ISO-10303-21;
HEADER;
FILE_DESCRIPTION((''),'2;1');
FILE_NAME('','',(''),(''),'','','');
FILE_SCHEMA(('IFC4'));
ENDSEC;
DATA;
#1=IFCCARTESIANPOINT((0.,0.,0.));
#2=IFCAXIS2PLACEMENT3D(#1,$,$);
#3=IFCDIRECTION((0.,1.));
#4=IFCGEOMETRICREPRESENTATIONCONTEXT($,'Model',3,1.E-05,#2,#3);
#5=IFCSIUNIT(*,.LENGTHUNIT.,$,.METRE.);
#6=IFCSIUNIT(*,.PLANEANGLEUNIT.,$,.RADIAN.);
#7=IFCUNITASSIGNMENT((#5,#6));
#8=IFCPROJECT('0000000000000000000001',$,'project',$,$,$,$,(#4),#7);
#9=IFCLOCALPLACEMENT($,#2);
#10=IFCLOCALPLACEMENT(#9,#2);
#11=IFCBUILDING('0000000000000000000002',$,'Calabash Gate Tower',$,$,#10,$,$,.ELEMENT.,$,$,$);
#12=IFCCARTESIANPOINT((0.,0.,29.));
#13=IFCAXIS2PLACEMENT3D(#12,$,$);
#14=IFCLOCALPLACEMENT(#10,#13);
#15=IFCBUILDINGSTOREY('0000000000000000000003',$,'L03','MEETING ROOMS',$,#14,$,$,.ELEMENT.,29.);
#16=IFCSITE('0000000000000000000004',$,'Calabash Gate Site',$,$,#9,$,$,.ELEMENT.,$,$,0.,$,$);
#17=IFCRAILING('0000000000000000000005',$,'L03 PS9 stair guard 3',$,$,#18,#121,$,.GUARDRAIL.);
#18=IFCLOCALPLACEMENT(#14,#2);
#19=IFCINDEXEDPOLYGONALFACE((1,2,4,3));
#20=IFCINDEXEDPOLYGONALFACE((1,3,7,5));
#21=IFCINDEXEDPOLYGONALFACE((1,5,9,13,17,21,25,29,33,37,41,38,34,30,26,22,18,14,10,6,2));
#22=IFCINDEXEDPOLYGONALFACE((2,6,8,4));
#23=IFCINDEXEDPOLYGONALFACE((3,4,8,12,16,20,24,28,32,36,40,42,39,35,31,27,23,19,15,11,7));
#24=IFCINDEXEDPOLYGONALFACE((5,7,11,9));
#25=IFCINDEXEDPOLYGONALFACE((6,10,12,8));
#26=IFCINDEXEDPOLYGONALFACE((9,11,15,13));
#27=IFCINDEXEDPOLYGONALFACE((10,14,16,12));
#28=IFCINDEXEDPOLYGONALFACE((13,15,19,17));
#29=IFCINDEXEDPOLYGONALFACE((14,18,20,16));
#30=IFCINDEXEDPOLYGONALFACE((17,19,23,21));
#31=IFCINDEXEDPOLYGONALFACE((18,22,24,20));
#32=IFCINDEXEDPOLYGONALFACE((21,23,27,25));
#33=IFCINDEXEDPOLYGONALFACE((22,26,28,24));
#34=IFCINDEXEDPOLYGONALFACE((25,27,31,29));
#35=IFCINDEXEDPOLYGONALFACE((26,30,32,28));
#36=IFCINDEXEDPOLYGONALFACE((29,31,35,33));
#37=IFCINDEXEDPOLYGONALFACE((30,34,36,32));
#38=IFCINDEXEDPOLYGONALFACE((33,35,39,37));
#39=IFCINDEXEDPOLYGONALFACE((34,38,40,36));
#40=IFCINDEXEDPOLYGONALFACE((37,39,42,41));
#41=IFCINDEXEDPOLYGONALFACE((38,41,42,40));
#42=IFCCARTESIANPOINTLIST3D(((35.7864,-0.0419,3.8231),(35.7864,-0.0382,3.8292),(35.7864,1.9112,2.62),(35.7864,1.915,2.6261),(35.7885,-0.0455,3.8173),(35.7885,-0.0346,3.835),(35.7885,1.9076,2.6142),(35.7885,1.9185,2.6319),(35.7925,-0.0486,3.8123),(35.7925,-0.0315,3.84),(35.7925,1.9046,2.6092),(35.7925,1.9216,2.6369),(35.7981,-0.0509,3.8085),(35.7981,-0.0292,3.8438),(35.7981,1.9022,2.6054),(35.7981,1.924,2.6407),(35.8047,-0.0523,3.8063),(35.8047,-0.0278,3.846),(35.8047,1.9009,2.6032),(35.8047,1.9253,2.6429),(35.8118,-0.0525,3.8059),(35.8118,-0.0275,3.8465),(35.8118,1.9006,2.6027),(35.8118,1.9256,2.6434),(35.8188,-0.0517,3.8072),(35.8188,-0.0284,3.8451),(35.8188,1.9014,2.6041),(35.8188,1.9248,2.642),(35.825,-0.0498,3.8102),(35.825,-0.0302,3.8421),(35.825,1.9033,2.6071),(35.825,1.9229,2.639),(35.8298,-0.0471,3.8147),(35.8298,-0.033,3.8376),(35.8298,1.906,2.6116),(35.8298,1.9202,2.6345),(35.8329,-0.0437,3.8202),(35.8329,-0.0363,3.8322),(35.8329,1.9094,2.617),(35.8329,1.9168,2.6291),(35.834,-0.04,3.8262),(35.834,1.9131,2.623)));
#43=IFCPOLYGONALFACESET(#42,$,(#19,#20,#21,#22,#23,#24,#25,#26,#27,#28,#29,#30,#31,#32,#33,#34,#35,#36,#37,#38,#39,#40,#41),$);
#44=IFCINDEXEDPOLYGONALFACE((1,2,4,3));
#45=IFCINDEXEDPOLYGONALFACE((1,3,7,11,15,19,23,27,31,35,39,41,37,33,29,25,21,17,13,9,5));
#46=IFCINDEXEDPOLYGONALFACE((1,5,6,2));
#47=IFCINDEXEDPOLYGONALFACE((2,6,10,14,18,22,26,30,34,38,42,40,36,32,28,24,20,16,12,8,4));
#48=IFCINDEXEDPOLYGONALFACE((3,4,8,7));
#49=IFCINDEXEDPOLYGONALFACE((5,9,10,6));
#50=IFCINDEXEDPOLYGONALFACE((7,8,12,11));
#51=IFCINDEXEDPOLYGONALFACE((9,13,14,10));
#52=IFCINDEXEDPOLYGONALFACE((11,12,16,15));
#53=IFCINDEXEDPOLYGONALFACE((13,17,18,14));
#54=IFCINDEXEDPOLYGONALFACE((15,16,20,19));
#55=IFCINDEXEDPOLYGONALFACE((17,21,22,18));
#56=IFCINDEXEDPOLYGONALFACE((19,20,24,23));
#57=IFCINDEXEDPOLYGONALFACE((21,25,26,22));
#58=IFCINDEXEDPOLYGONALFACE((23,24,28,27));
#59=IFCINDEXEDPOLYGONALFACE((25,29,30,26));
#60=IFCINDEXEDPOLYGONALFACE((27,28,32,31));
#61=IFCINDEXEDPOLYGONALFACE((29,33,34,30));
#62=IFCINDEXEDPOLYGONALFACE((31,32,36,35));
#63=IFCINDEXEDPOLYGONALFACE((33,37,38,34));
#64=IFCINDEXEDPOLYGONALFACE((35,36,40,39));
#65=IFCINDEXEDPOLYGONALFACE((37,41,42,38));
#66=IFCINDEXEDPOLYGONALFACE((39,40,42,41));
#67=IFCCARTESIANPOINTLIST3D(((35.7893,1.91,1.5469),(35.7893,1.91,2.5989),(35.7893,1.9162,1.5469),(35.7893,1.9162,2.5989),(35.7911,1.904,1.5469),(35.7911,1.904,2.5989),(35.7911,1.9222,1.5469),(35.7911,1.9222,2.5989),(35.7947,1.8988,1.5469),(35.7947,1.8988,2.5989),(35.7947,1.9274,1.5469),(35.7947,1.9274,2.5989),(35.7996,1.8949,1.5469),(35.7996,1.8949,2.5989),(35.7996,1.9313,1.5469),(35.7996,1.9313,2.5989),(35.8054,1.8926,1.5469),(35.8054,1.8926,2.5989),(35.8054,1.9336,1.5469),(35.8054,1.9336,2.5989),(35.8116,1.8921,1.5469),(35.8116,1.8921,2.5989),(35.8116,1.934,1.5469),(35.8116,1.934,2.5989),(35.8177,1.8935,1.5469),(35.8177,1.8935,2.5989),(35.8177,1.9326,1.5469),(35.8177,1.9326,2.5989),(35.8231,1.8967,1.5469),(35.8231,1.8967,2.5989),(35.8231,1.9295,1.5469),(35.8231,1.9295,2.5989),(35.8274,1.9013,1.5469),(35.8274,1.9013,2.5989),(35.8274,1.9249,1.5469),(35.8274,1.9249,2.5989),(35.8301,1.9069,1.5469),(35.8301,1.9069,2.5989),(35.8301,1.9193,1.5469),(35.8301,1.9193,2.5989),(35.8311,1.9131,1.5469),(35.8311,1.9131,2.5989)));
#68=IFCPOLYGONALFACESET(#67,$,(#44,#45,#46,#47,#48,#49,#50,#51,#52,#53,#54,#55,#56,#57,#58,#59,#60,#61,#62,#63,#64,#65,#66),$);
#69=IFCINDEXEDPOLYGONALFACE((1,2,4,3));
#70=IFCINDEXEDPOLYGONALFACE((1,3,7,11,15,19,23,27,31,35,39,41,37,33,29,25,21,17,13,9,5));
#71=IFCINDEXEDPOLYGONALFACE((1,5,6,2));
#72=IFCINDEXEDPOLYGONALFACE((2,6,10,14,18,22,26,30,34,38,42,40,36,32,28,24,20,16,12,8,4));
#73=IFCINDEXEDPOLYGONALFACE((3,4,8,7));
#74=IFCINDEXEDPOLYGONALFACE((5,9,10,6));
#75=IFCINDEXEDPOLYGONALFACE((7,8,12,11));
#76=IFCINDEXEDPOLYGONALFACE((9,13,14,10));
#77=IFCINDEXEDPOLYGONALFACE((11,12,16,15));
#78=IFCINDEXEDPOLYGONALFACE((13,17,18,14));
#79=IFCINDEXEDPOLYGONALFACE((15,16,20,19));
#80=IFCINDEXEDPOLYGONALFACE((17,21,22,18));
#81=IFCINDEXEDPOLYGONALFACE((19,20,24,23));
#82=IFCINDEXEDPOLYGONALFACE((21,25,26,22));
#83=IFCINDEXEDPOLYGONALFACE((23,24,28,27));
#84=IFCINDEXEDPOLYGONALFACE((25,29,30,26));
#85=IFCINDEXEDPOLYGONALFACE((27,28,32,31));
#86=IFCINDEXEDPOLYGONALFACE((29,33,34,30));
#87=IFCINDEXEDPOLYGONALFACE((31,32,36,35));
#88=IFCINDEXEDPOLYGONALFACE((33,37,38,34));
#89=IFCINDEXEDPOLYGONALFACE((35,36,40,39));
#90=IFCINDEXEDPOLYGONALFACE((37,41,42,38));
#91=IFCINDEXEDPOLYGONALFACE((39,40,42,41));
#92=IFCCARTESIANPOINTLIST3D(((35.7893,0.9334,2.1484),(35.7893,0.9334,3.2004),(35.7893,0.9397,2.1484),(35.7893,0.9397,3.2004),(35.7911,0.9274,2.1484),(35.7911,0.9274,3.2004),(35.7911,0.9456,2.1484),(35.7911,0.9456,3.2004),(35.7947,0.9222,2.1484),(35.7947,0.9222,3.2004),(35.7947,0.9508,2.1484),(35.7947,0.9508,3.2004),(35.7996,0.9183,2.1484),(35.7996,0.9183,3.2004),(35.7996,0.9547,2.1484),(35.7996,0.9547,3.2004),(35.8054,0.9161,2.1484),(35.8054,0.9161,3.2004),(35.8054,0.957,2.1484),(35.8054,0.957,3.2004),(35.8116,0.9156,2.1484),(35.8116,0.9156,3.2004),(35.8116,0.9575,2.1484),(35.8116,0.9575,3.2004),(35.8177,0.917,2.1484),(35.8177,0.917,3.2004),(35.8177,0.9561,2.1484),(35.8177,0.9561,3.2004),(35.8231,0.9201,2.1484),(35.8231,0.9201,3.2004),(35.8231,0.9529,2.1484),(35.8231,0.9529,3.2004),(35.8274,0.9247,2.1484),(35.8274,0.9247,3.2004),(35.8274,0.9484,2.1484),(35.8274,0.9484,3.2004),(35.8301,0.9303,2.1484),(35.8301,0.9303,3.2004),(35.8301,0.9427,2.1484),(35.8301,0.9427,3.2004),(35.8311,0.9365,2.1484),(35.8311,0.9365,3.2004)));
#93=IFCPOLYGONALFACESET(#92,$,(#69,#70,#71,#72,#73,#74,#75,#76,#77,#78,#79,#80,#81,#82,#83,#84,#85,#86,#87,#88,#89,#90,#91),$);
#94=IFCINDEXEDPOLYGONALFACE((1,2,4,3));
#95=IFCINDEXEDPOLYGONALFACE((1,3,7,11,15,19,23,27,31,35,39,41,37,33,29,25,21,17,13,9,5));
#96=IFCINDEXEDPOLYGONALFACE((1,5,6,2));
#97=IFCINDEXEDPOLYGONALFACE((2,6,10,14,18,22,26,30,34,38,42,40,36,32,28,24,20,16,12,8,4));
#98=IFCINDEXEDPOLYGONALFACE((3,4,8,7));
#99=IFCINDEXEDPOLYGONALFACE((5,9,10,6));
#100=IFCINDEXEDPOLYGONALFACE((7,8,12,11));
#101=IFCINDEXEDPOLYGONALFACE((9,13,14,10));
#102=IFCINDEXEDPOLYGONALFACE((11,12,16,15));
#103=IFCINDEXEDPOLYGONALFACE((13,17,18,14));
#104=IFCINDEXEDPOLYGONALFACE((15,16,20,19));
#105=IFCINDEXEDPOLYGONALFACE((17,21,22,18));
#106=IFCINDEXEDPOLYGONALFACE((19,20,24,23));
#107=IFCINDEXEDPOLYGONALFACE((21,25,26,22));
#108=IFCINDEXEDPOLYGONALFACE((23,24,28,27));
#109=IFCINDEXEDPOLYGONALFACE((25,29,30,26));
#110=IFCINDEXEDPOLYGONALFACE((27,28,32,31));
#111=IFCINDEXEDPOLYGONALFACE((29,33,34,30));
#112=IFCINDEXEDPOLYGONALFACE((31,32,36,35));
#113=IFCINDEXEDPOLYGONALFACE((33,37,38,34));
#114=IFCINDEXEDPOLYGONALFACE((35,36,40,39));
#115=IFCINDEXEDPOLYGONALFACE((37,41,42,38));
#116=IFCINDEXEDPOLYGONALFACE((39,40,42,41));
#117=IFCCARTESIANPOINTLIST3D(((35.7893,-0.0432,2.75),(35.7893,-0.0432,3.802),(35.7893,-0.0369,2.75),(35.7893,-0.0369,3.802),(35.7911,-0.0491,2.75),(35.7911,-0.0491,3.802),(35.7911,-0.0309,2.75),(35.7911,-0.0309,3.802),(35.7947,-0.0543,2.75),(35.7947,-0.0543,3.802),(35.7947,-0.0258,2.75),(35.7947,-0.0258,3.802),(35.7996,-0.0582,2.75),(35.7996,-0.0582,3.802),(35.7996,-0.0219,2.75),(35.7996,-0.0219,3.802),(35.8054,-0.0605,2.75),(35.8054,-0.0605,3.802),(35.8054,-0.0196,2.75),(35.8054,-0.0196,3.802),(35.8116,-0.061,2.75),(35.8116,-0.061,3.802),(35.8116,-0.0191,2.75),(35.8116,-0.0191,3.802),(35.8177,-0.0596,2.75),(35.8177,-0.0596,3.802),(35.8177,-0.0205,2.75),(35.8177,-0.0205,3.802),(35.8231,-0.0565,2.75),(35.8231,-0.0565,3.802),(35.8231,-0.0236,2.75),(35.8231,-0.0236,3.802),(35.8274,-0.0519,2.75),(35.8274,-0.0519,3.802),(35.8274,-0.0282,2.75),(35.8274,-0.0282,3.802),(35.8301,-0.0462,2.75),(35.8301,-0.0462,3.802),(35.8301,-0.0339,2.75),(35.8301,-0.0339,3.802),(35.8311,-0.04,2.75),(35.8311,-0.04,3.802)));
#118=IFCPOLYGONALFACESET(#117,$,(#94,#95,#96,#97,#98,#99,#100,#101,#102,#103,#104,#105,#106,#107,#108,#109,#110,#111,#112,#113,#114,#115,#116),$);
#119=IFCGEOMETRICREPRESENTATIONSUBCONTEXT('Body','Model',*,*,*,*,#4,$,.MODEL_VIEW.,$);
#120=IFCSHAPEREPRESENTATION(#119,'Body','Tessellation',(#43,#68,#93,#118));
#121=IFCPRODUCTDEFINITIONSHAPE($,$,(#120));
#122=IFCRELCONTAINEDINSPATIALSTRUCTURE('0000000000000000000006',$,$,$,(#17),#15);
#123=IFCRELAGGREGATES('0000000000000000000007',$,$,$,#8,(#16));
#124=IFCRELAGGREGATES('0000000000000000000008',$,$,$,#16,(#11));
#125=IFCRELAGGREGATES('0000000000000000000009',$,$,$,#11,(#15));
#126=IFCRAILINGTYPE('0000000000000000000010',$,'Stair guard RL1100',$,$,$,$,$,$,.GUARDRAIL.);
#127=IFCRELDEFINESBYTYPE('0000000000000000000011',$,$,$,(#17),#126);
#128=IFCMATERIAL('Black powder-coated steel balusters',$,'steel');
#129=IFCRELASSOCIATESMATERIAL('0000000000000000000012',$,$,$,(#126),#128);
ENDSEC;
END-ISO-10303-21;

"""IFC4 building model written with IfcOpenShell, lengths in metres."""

from ifc_helpers import new_model, si_unit, direction, frame, origin, origin_2d, place, context, subcontext, project, spatial, circle, extrude, material, type_object, element, save


model = new_model("IFC4")

# Units and contexts
model_context = context("Model", 3, precision=1e-05, world=origin(), true_north=direction((0.0, 1.0)))
body_context = subcontext(model_context, "Body", "Model", "MODEL_VIEW")
ifc_project = project(units=[si_unit("LENGTHUNIT", "METRE"), si_unit("PLANEANGLEUNIT", "RADIAN")], contexts=[model_context])

# Site, building, storey
site_placement = place(None, origin())
site = spatial("IfcSite", under=ifc_project, at=site_placement, Name="Calabash Gate Site", CompositionType="ELEMENT", RefElevation=0.0)
building_placement = place(site_placement, origin())
building = spatial("IfcBuilding", under=site, at=building_placement, Name="Calabash Gate Tower", CompositionType="ELEMENT")
storey_placement = place(building_placement, frame((0.0, 0.0, 29.0)))
storey = spatial("IfcBuildingStorey", under=building, at=storey_placement, Name="L03", Description="MEETING ROOMS", CompositionType="ELEMENT", Elevation=29.0)

# Railing
ifc_material_1 = material(Name="Black powder-coated steel balusters", Category="steel")
railing_type_1 = type_object("IfcRailingType", Name="Stair guard RL1100", PredefinedType="GUARDRAIL", material=ifc_material_1)
railing_1_placement = place(storey_placement, frame((35.8101, 1.9131, 1.5469)))
element("IfcRailing", 1, at=railing_1_placement, inside=storey, type_object=railing_type_1, Name="L03 PS9 stair guard 3", PredefinedType="GUARDRAIL", context=body_context, shape_type="SweptSolid", body=[
    extrude(circle(Radius=0.0239, at=origin_2d()), frame((0.0, 0.0, 1.0762), z_axis=(0.0, -0.851424, 0.524477), x_axis=(1.0, 0.0, 0.0)), (0.0, 0.0, 1.0), 2.2939),
    extrude(circle(Radius=0.021, at=origin_2d()), origin(), (0.0, 0.0, 1.0), 1.052),
    extrude(circle(Radius=0.021, at=origin_2d()), frame((0.0, -0.9766, 0.6016)), (0.0, 0.0, 1.0), 1.052),
    extrude(circle(Radius=0.021, at=origin_2d()), frame((0.0, -1.9531, 1.2031)), (0.0, 0.0, 1.0), 1.052),
])

save(model, "model.ifc")
